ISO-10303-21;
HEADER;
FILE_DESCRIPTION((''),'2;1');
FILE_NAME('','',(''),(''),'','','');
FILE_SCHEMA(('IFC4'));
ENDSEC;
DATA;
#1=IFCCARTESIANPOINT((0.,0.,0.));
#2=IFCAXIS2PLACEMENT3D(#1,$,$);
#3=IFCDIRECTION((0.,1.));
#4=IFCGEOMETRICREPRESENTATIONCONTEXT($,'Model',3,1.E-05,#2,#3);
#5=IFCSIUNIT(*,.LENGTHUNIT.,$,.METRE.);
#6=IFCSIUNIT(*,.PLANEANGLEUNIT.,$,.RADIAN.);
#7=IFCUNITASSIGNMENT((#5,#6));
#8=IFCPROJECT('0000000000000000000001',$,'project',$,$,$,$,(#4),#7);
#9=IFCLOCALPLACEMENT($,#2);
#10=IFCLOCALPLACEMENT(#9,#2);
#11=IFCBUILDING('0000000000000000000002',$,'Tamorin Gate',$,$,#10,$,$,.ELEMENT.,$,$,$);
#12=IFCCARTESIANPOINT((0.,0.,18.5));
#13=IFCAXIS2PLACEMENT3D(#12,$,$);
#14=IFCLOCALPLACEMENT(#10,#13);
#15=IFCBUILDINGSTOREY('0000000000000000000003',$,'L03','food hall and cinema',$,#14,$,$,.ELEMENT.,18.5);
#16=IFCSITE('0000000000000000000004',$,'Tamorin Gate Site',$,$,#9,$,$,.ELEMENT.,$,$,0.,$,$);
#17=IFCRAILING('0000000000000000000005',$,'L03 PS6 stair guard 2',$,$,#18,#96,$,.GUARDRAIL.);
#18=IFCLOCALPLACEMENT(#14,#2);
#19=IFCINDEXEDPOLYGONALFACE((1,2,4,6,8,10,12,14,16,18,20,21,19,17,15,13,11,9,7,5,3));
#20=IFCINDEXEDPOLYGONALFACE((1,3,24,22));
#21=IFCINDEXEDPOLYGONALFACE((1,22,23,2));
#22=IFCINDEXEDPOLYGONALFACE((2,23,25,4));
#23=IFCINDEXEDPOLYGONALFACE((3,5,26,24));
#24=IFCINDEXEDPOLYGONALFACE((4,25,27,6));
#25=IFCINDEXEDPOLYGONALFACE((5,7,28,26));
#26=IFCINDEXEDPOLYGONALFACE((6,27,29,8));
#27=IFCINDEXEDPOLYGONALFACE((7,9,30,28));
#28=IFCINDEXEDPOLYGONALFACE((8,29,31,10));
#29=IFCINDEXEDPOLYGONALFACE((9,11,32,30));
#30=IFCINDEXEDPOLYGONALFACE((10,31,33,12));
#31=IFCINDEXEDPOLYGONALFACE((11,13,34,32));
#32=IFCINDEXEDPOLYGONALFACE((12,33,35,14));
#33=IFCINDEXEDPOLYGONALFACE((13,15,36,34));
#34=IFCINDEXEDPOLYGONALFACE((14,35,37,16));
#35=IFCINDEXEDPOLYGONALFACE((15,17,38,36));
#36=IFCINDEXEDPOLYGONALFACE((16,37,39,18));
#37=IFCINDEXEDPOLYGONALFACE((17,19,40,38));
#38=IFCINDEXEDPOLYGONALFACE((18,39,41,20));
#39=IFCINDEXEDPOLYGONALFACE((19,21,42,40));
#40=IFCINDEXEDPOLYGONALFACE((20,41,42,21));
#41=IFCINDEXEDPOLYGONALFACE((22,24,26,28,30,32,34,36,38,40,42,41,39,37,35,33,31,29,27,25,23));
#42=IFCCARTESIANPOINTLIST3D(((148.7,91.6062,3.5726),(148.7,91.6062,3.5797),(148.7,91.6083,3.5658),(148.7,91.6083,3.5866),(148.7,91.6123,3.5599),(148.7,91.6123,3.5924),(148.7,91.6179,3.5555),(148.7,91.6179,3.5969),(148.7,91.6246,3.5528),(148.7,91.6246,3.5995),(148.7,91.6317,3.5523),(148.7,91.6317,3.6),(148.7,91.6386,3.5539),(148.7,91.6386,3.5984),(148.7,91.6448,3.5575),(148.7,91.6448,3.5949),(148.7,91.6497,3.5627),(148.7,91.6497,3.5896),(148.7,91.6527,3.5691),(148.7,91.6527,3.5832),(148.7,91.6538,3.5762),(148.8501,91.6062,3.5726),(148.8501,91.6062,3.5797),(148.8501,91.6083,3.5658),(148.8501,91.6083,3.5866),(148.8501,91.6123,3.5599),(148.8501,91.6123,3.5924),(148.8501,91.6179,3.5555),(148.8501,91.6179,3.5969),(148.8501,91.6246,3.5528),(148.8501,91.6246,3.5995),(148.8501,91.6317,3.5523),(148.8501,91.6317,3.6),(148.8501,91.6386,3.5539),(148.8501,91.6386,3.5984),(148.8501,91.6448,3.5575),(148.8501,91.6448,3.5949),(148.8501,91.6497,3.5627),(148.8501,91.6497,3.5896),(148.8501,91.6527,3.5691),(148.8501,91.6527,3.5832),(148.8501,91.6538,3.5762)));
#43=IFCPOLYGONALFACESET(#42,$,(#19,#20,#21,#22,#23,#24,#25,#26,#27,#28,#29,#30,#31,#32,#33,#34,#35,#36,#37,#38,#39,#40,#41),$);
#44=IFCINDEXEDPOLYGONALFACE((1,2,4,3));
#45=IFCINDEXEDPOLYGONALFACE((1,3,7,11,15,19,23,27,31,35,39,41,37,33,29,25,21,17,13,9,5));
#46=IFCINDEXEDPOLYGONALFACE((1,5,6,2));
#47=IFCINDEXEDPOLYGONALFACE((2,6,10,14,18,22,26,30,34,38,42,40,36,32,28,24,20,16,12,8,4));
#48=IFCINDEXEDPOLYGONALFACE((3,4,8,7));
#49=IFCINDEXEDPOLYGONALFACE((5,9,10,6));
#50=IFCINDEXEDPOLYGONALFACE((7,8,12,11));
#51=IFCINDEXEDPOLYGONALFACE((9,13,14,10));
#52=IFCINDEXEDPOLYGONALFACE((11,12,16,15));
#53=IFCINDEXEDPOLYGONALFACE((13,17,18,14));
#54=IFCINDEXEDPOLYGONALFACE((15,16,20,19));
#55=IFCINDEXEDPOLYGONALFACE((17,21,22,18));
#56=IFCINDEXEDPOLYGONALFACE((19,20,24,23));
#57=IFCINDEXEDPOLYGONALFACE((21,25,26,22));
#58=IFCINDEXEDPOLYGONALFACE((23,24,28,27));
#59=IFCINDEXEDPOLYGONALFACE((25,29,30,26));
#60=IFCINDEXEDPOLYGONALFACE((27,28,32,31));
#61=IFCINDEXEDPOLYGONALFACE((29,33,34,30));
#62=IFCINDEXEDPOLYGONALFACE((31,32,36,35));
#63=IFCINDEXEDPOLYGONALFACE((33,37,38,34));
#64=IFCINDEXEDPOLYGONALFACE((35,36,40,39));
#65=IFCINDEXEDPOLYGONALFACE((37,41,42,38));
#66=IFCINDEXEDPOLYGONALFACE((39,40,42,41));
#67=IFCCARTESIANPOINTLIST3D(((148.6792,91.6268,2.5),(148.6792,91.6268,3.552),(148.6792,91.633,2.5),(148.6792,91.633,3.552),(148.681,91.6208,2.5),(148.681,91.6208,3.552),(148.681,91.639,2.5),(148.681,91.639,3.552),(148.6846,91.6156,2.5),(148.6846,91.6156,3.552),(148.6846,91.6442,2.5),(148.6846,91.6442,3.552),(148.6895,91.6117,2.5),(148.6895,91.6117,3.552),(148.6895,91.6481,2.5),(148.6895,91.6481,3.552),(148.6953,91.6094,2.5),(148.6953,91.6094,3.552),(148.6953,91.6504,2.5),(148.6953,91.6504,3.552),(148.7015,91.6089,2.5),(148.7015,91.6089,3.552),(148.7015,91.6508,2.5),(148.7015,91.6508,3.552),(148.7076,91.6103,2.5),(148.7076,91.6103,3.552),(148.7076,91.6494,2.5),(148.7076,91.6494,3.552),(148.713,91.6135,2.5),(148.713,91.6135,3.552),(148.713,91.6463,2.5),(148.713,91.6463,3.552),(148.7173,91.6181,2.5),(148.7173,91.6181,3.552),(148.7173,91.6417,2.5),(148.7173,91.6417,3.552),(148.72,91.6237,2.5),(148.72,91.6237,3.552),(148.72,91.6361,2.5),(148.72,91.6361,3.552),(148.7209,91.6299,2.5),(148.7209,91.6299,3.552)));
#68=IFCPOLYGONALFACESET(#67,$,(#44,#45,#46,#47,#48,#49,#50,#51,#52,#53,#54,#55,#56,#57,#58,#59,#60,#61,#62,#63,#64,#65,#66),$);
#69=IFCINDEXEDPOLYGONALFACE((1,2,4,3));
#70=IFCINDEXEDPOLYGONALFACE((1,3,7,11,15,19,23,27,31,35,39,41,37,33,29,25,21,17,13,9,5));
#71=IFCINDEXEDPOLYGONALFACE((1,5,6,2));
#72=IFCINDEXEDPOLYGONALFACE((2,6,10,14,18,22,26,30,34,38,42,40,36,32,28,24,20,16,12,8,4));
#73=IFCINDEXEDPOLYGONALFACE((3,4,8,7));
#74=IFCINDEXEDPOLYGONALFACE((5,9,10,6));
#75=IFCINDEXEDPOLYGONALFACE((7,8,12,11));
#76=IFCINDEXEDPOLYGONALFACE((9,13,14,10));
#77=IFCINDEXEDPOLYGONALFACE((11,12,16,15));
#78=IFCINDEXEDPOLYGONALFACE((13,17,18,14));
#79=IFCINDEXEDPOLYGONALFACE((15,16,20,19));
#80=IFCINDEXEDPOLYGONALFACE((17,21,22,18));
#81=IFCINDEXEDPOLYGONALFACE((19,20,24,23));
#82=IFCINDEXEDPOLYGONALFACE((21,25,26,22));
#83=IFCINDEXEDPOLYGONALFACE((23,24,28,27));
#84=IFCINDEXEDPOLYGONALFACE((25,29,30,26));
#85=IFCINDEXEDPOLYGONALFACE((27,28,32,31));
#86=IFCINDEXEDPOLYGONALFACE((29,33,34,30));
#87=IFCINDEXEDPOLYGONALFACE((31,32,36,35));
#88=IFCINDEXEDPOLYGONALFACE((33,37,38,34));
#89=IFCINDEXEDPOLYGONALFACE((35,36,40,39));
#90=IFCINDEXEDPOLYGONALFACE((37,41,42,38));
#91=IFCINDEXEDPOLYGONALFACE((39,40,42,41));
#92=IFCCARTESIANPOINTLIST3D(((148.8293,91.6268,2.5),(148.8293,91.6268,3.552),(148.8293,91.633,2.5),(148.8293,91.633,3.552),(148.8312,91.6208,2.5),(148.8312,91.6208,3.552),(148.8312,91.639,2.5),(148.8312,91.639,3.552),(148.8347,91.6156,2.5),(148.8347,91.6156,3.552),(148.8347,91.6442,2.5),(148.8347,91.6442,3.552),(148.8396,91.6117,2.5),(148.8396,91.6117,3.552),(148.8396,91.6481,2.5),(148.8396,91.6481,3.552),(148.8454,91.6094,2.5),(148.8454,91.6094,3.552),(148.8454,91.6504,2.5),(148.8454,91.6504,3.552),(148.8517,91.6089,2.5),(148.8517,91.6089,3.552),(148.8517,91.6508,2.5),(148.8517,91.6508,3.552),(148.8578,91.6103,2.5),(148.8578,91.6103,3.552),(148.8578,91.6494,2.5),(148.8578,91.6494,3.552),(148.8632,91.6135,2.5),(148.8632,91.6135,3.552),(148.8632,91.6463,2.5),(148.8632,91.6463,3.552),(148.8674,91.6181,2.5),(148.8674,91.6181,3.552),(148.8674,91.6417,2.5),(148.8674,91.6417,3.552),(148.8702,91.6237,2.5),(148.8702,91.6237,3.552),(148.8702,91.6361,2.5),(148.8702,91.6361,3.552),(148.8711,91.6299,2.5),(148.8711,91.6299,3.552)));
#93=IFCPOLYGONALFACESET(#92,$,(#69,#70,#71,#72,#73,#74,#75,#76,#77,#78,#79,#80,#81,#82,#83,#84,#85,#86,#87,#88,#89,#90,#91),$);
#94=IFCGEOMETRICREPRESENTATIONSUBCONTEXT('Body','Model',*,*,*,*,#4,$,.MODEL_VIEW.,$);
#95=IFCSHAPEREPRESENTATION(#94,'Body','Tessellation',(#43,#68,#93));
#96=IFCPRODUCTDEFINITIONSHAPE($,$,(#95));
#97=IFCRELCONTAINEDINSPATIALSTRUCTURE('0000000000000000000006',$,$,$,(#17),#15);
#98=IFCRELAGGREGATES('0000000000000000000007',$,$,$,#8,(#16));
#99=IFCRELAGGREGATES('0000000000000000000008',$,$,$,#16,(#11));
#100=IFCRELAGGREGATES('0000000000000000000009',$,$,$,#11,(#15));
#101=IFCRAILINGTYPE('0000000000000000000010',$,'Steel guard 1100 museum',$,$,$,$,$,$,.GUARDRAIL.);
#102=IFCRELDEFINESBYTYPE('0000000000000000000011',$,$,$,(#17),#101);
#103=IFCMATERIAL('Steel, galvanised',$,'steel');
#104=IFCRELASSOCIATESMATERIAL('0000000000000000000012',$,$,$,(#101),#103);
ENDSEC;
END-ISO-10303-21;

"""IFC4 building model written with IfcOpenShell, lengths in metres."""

from ifc_helpers import new_model, si_unit, direction, frame, origin, origin_2d, place, context, subcontext, project, spatial, circle, extrude, material, type_object, element, save


model = new_model("IFC4")

# Units and contexts
model_context = context("Model", 3, precision=1e-05, world=origin(), true_north=direction((0.0, 1.0)))
body_context = subcontext(model_context, "Body", "Model", "MODEL_VIEW")
ifc_project = project(units=[si_unit("LENGTHUNIT", "METRE"), si_unit("PLANEANGLEUNIT", "RADIAN")], contexts=[model_context])

# Site, building, storey
site_placement = place(None, origin())
site = spatial("IfcSite", under=ifc_project, at=site_placement, Name="Tamorin Gate Site", CompositionType="ELEMENT", RefElevation=0.0)
building_placement = place(site_placement, origin())
building = spatial("IfcBuilding", under=site, at=building_placement, Name="Tamorin Gate", CompositionType="ELEMENT")
storey_placement = place(building_placement, frame((0.0, 0.0, 18.5)))
storey = spatial("IfcBuildingStorey", under=building, at=storey_placement, Name="L03", Description="food hall and cinema", CompositionType="ELEMENT", Elevation=18.5)

# Railing
ifc_material_1 = material(Name="Steel, galvanised", Category="steel")
railing_type_1 = type_object("IfcRailingType", Name="Steel guard 1100 museum", PredefinedType="GUARDRAIL", material=ifc_material_1)
railing_1_placement = place(storey_placement, frame((148.7, 91.6299, 2.5)))
element("IfcRailing", 1, at=railing_1_placement, inside=storey, type_object=railing_type_1, Name="L03 PS6 stair guard 2", PredefinedType="GUARDRAIL", context=body_context, shape_type="SweptSolid", body=[
    extrude(circle(Radius=0.0239, at=origin_2d()), frame((0.0, 0.0, 1.0762), z_axis=(1.0, 0.0, 0.0), x_axis=(0.0, 1.0, 0.0)), (0.0, 0.0, 1.0), 0.1501),
    extrude(circle(Radius=0.021, at=origin_2d()), origin(), (0.0, 0.0, 1.0), 1.052),
    extrude(circle(Radius=0.021, at=origin_2d()), frame((0.1501, 0.0, 0.0)), (0.0, 0.0, 1.0), 1.052),
])

save(model, "model.ifc")
